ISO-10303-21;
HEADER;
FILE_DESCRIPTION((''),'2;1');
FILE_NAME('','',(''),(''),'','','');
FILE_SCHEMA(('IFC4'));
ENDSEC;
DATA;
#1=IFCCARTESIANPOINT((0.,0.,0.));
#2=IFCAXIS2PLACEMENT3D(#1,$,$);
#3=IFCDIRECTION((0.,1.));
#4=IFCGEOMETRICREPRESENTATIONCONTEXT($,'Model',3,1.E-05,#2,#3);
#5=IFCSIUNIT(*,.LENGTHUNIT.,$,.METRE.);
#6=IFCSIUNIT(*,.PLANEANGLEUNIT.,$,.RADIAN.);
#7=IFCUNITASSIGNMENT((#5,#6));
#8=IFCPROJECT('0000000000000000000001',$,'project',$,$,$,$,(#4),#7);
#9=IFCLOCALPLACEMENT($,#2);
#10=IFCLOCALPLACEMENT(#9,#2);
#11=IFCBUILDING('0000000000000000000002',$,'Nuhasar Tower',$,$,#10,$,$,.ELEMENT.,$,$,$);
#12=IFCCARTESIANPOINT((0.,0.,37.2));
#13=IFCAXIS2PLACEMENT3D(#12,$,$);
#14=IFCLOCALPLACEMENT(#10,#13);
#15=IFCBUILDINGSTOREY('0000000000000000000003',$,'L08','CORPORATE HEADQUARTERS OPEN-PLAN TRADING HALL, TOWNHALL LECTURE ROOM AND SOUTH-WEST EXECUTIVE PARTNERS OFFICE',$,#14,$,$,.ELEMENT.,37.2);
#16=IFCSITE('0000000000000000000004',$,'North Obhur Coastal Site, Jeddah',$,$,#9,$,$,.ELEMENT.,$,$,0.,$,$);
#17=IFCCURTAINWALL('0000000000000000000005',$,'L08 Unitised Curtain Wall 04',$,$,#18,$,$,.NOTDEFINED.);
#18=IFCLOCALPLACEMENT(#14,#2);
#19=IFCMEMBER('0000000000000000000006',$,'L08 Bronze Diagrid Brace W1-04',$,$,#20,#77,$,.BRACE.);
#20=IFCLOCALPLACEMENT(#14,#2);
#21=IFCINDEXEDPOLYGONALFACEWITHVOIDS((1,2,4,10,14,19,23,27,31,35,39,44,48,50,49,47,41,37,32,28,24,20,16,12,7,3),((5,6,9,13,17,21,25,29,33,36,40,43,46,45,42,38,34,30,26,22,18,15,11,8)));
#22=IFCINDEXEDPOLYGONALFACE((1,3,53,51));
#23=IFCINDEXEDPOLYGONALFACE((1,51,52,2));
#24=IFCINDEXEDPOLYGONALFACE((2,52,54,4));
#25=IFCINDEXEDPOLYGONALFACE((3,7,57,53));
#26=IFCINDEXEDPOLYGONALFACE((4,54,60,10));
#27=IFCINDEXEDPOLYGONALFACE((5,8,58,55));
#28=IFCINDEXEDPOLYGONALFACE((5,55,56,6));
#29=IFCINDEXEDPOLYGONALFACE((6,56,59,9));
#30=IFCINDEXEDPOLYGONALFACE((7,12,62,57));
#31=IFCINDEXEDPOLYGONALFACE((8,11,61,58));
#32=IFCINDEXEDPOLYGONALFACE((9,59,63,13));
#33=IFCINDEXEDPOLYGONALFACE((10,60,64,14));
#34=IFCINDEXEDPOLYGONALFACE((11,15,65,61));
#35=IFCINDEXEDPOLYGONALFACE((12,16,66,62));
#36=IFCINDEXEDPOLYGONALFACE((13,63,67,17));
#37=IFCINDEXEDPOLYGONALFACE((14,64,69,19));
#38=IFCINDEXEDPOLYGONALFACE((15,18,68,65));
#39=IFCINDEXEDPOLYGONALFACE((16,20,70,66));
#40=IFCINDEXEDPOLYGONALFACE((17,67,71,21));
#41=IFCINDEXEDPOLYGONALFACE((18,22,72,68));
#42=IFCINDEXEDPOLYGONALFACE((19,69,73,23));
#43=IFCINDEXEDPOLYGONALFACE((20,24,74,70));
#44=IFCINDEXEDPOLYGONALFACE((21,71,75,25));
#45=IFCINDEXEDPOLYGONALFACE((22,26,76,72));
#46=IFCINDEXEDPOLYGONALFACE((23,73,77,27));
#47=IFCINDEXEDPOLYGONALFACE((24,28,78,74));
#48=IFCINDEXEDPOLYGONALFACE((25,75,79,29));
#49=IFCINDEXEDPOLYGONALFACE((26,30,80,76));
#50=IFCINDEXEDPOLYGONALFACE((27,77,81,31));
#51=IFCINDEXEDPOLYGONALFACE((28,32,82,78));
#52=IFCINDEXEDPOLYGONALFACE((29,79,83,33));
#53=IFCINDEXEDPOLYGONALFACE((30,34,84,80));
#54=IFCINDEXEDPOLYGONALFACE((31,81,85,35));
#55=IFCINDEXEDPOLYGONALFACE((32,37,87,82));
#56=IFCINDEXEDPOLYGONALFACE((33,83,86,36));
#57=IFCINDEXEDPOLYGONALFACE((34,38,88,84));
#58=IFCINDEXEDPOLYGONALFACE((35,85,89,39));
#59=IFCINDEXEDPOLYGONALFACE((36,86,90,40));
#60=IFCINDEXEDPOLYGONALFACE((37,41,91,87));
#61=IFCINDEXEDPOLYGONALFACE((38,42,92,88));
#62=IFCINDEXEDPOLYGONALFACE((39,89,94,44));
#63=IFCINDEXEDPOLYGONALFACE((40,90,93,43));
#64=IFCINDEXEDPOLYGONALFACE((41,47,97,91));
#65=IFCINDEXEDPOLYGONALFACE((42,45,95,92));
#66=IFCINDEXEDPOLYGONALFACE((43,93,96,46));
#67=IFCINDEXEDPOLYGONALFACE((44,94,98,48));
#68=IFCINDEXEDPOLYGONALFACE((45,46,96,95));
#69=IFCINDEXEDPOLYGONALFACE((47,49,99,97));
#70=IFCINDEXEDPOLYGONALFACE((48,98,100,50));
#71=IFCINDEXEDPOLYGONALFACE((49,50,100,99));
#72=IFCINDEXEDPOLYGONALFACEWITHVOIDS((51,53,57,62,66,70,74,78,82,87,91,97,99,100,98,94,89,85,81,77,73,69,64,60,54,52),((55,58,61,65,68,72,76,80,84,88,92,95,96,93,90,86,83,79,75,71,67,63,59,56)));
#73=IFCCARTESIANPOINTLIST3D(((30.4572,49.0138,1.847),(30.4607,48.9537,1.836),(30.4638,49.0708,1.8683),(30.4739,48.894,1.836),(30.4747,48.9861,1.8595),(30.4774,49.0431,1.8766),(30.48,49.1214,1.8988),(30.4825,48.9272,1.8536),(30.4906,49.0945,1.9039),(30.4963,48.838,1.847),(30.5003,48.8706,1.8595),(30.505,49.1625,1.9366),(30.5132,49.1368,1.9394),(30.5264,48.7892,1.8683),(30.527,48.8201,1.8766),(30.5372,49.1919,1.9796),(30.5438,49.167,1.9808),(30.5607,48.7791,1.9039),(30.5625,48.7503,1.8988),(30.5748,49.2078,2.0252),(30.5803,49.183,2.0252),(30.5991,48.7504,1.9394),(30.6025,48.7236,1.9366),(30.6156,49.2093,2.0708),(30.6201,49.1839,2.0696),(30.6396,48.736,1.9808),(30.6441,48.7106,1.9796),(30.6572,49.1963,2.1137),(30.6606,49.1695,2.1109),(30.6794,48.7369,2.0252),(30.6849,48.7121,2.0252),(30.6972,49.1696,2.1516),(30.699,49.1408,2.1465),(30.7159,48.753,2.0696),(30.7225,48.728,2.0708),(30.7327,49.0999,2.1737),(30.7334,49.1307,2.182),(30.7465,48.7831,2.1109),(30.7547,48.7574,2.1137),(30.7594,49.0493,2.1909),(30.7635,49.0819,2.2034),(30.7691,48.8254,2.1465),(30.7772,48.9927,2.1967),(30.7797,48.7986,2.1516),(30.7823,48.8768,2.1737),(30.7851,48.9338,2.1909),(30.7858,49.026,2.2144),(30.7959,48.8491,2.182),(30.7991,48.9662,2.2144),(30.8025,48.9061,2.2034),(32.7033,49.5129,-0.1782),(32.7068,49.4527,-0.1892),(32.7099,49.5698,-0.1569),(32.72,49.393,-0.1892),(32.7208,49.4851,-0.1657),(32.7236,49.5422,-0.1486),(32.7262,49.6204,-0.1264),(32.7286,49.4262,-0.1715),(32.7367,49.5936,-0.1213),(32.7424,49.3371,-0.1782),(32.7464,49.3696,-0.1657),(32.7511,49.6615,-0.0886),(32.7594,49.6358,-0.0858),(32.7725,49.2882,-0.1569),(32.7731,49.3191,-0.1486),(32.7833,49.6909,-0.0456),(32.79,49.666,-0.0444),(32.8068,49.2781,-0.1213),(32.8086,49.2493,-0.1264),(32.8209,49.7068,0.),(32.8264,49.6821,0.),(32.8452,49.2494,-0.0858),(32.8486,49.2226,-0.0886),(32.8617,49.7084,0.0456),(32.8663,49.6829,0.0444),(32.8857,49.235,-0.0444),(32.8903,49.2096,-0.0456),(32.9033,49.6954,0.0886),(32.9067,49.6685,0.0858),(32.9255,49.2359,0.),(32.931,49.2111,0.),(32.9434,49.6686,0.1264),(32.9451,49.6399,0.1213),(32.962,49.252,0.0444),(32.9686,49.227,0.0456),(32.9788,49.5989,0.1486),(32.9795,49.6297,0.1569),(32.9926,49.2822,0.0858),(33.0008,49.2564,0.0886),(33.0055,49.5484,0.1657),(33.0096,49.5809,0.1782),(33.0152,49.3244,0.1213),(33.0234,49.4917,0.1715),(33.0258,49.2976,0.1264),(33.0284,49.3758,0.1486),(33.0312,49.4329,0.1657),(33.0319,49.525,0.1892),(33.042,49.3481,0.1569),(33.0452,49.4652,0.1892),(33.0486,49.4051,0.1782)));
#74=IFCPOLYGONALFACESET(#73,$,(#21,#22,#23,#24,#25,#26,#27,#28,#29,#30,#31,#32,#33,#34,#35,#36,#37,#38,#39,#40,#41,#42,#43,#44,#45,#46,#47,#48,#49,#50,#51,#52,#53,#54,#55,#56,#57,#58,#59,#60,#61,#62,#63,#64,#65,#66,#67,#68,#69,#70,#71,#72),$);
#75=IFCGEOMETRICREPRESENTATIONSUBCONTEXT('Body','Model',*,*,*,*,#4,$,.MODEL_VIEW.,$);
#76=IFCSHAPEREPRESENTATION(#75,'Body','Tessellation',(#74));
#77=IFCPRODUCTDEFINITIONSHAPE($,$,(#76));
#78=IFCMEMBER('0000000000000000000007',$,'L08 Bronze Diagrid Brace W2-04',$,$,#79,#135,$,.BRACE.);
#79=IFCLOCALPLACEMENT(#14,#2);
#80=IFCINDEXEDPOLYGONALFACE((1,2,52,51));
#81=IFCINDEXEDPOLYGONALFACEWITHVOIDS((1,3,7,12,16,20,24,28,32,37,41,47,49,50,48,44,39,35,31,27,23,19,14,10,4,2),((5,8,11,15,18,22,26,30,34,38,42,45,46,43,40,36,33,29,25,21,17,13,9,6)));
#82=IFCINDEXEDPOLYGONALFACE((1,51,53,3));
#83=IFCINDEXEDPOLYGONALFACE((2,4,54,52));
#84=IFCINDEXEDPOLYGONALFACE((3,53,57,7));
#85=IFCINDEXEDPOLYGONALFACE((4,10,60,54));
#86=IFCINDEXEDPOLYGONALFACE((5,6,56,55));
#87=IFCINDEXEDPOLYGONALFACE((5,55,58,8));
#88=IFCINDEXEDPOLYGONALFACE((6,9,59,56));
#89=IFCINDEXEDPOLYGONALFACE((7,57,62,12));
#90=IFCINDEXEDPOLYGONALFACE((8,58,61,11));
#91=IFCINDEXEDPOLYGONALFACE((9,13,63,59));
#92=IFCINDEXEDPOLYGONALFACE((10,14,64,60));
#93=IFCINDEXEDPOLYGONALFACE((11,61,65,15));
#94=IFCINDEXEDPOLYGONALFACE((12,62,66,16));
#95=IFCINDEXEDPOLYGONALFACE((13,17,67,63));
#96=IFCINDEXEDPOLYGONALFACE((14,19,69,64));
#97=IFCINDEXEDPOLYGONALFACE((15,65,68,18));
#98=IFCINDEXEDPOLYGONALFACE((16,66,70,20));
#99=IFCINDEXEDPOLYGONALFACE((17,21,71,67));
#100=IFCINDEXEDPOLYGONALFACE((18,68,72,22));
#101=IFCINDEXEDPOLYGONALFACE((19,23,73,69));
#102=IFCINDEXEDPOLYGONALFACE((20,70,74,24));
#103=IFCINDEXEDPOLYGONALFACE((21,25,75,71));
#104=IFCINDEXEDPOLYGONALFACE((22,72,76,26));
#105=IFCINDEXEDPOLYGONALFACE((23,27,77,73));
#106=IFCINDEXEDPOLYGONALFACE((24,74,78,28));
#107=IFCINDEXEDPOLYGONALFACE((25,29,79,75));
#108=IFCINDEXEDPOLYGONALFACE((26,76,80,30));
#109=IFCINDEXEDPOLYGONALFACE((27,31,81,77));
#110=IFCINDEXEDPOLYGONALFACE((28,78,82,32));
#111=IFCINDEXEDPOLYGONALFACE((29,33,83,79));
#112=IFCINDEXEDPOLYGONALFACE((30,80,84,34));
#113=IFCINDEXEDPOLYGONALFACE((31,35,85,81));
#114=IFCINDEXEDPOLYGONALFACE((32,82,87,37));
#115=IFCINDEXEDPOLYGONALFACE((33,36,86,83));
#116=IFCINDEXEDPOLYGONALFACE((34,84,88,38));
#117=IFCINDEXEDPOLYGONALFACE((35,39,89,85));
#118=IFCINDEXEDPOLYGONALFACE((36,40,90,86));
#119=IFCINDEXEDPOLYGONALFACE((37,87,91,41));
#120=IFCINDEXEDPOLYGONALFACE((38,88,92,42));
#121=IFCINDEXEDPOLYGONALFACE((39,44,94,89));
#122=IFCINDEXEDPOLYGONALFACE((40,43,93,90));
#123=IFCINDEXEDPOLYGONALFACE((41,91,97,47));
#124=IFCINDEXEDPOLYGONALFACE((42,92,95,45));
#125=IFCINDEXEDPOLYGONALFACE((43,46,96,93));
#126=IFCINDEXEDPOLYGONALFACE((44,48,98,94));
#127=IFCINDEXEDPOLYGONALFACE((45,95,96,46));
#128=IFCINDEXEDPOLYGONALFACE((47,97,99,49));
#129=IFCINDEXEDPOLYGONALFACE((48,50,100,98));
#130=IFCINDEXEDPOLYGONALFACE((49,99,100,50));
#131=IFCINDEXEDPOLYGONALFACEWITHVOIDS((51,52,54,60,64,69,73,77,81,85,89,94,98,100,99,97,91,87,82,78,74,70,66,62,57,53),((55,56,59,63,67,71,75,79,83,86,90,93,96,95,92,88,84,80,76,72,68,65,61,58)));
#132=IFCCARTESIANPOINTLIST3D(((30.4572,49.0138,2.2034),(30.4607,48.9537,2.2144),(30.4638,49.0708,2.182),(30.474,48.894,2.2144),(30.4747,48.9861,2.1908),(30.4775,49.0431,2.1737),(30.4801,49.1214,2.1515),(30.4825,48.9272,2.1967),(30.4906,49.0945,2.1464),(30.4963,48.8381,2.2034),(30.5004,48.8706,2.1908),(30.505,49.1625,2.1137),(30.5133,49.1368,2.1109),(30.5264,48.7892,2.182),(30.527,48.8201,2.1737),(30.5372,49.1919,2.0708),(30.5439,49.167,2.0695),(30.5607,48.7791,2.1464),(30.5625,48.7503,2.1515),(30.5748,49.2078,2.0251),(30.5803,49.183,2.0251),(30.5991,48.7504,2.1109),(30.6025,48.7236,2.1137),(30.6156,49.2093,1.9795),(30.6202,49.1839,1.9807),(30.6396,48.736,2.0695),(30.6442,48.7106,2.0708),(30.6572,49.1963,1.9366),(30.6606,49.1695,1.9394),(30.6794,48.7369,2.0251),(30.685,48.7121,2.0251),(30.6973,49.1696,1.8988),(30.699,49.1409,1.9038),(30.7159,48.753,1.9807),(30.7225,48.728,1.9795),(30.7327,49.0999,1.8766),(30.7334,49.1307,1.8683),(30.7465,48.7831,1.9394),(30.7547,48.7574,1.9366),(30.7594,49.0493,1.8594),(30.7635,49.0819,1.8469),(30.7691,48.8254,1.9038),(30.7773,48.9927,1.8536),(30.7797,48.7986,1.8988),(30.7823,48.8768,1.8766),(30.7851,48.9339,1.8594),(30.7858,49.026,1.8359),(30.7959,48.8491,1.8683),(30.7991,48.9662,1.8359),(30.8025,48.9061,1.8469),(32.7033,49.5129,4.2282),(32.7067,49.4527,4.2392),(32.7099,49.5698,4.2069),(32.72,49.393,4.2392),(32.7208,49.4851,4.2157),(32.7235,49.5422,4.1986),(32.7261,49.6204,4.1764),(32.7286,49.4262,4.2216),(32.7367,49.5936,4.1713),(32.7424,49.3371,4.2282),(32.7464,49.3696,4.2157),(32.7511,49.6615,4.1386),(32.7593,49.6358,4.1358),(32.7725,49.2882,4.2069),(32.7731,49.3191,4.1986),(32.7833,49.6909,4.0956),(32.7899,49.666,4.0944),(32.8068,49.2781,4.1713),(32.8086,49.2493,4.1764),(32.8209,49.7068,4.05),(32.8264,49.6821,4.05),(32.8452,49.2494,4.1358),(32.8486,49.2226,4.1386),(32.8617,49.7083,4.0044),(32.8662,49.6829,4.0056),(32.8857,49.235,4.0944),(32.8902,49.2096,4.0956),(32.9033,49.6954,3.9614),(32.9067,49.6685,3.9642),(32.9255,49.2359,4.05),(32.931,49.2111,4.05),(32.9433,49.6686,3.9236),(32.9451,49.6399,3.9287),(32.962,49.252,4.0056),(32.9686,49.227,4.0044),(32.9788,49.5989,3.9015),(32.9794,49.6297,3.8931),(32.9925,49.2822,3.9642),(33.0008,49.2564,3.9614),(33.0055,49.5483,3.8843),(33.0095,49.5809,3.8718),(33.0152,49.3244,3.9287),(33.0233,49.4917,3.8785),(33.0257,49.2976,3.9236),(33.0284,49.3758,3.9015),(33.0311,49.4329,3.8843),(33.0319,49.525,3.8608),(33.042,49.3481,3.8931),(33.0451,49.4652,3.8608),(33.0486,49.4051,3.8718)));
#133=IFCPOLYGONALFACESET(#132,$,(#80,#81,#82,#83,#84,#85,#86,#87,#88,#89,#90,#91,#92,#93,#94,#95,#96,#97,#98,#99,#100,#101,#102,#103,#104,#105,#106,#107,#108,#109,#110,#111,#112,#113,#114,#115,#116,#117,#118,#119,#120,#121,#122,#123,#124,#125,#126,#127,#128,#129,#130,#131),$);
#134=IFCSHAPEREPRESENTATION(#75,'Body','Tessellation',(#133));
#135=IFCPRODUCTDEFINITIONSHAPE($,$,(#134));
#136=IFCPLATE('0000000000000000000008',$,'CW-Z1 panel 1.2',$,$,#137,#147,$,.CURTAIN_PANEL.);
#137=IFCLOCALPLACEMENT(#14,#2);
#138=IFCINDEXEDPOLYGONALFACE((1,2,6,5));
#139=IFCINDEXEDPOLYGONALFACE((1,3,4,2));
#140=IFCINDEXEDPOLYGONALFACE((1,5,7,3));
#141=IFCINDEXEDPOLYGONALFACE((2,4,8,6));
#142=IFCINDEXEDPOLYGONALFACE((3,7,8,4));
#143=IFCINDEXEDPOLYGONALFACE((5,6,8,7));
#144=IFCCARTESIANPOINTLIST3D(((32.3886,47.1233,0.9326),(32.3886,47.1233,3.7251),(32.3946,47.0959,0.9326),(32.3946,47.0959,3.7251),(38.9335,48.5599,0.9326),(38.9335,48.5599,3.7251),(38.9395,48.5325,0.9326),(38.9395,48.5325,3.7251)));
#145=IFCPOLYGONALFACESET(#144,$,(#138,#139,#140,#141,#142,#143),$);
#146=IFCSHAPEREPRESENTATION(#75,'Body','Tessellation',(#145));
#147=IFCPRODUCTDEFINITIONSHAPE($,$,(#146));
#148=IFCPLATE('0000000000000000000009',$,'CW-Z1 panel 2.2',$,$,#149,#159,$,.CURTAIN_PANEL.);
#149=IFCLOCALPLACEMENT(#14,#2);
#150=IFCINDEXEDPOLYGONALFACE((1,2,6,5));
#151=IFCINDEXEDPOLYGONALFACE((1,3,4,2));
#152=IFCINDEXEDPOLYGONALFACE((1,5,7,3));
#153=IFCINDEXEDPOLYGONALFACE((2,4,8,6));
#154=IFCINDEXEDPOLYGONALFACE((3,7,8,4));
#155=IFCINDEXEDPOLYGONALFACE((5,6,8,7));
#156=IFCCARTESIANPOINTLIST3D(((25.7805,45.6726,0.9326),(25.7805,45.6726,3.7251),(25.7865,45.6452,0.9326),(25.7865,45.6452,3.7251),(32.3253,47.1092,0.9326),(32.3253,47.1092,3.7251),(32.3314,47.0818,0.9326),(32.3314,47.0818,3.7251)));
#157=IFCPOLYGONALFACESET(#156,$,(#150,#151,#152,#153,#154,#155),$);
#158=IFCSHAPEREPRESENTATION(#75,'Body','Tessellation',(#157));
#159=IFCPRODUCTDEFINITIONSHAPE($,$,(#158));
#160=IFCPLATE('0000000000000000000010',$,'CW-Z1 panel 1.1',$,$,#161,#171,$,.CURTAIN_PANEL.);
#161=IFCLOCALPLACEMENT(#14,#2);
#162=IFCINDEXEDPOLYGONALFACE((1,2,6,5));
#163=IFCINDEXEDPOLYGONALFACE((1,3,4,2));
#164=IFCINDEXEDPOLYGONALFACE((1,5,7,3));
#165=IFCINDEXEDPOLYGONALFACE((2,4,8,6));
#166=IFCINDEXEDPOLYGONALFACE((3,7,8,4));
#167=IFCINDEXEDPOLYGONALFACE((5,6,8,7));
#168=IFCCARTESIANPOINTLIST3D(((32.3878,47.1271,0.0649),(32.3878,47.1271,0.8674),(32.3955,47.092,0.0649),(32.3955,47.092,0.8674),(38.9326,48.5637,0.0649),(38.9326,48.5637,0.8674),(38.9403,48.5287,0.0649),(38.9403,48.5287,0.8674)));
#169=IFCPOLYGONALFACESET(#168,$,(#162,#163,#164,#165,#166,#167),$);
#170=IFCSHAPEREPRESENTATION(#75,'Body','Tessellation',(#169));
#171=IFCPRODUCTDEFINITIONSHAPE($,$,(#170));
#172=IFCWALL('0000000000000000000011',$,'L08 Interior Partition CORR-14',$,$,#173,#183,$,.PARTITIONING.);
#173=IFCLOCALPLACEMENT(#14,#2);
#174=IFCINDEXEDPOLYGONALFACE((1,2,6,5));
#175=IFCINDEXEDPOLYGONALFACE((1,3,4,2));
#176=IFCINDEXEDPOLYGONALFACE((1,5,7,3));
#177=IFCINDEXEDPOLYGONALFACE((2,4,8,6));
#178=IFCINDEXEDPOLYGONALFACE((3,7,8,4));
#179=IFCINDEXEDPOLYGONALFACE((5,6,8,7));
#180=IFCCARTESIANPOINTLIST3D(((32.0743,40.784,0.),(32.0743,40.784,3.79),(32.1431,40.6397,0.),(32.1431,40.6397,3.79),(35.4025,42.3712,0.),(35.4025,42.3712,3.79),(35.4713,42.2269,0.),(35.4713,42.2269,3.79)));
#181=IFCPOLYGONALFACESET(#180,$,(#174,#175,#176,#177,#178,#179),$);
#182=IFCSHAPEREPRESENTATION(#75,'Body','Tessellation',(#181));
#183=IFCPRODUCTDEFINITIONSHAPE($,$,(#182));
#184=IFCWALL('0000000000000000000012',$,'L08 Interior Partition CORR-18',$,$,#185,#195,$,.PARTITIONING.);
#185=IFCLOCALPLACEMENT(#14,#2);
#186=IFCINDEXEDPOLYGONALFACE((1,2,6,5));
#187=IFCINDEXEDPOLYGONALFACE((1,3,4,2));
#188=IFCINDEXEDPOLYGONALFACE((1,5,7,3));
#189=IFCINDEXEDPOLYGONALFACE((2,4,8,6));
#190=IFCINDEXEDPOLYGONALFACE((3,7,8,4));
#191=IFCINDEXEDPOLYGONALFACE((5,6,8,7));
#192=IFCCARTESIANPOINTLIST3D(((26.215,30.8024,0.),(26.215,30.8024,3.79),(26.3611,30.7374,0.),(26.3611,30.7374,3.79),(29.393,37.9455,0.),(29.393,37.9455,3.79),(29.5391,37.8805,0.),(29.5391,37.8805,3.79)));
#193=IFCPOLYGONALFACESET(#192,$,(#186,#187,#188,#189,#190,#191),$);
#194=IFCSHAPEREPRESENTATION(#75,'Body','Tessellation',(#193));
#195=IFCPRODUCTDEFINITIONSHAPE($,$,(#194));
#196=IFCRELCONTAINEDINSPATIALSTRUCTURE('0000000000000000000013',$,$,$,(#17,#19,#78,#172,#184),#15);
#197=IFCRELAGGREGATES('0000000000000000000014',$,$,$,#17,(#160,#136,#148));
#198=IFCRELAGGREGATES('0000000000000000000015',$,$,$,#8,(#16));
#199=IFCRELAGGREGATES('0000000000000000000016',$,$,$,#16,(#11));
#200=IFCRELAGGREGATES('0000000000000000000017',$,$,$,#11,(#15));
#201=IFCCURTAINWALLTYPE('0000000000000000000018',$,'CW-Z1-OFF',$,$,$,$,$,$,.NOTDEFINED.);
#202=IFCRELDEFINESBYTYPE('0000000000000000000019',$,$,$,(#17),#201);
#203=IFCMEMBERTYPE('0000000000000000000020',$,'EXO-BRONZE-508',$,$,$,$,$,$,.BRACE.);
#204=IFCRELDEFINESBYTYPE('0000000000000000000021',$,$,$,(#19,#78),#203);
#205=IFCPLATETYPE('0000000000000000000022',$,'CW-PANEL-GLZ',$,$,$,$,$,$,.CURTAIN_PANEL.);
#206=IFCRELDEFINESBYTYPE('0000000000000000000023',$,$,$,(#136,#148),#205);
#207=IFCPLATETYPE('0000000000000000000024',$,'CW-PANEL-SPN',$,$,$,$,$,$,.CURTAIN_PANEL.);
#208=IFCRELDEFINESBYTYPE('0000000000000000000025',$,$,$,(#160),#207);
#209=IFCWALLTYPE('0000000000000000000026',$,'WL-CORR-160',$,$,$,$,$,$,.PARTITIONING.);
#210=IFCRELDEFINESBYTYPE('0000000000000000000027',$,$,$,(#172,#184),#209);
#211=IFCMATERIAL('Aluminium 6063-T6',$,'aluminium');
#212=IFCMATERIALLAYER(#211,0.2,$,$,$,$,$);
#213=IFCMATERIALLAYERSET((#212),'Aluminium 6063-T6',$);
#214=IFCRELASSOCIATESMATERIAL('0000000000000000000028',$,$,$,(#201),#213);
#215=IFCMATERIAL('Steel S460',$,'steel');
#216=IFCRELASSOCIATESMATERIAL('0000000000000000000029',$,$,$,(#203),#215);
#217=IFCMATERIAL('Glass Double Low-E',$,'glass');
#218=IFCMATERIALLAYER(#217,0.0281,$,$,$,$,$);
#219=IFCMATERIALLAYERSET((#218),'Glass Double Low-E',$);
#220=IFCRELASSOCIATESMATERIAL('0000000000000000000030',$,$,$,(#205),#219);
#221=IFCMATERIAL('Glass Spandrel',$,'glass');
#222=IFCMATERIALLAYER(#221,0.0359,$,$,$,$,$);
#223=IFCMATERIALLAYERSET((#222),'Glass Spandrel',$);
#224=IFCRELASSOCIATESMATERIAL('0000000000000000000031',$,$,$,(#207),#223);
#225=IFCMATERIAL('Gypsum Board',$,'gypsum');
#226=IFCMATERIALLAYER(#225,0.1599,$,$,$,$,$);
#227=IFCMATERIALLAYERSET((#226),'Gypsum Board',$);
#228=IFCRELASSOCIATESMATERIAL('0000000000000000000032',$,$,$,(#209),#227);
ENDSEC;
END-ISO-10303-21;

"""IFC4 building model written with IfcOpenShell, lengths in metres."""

from ifc_helpers import new_model, si_unit, direction, frame, frame_2d, origin, origin_2d, place, context, subcontext, project, spatial, rectangle, hollow_circle, extrude, material, layer, layer_set, material_profile, profile_set, type_object, element, aggregate, save


model = new_model("IFC4")

# Units and contexts
model_context = context("Model", 3, precision=1e-05, world=origin(), true_north=direction((0.0, 1.0)))
body_context = subcontext(model_context, "Body", "Model", "MODEL_VIEW")
ifc_project = project(units=[si_unit("LENGTHUNIT", "METRE"), si_unit("PLANEANGLEUNIT", "RADIAN")], contexts=[model_context])

# Site, building, storey
site_placement = place(None, origin())
site = spatial("IfcSite", under=ifc_project, at=site_placement, Name="North Obhur Coastal Site, Jeddah", CompositionType="ELEMENT", RefElevation=0.0)
building_placement = place(site_placement, origin())
building = spatial("IfcBuilding", under=site, at=building_placement, Name="Nuhasar Tower", CompositionType="ELEMENT")
storey_placement = place(building_placement, frame((0.0, 0.0, 37.2)))
storey = spatial("IfcBuildingStorey", under=building, at=storey_placement, Name="L08", Description="CORPORATE HEADQUARTERS OPEN-PLAN TRADING HALL, TOWNHALL LECTURE ROOM AND SOUTH-WEST EXECUTIVE PARTNERS OFFICE", CompositionType="ELEMENT", Elevation=37.2)

# Curtain wall
ifc_material_1 = material(Name="Aluminium 6063-T6", Category="aluminium")
ifc_layer_1 = layer(ifc_material_1, 0.2)
ifc_layer_set_1 = layer_set([ifc_layer_1], Name="Aluminium 6063-T6")
curtain_wall_type = type_object("IfcCurtainWallType", Name="CW-Z1-OFF", PredefinedType="NOTDEFINED", material=ifc_layer_set_1)
curtain_wall_placement = place(storey_placement, origin())
curtain_wall = element("IfcCurtainWall", 1, at=curtain_wall_placement, inside=storey, type_object=curtain_wall_type, Name="L08 Unitised Curtain Wall 04", PredefinedType="NOTDEFINED")

# Members
ifc_material_2 = material(Name="Steel S460", Category="steel")
ifc_material_profile_1 = material_profile(ifc_material_2, hollow_circle(Radius=0.2539, WallThickness=0.0254, at=origin_2d()), Name="HSS508X25.4")
ifc_profile_set_1 = profile_set([ifc_material_profile_1], Name="Steel S460")
member_type_1 = type_object("IfcMemberType", Name="EXO-BRONZE-508", PredefinedType="BRACE", material=ifc_profile_set_1)
member_1_placement = place(storey_placement, frame((32.876, 49.459, 0.0), z_axis=(-0.732783, -0.162805, 0.660699), x_axis=(0.216886, -0.976197, 0.0)))
element("IfcMember", 2, at=member_1_placement, inside=storey, type_object=member_type_1, Name="L08 Bronze Diagrid Brace W1-04", PredefinedType="BRACE", context=body_context, shape_type="SweptSolid", body=[
    extrude(hollow_circle(Radius=0.2539, WallThickness=0.0254, at=origin_2d()), origin(), (0.0, 0.0, 1.0), 3.0652),
])
member_2_placement = place(storey_placement, frame((30.6299, 48.96, 2.0251), z_axis=(0.732821, 0.162814, 0.660654), x_axis=(-0.216886, 0.976197, 0.0)))
element("IfcMember", 3, at=member_2_placement, inside=storey, type_object=member_type_1, Name="L08 Bronze Diagrid Brace W2-04", PredefinedType="BRACE", context=body_context, shape_type="SweptSolid", body=[
    extrude(hollow_circle(Radius=0.2539, WallThickness=0.0254, at=origin_2d()), origin(), (0.0, 0.0, 1.0), 3.0649),
])

# Plates
ifc_material_3 = material(Name="Glass Double Low-E", Category="glass")
ifc_layer_2 = layer(ifc_material_3, 0.0281)
ifc_layer_set_2 = layer_set([ifc_layer_2], Name="Glass Double Low-E")
plate_type_1 = type_object("IfcPlateType", Name="CW-PANEL-GLZ", PredefinedType="CURTAIN_PANEL", material=ifc_layer_set_2)
plate_1_placement = place(storey_placement, frame((35.6641, 47.8279, 0.9326), z_axis=(0.0, 0.0, 1.0), x_axis=(-0.976746, -0.214399, 0.0)))
plate_1 = element("IfcPlate", 4, at=plate_1_placement, type_object=plate_type_1, Name="CW-Z1 panel 1.2", PredefinedType="CURTAIN_PANEL", context=body_context, shape_type="SweptSolid", body=[
    extrude(rectangle(XDim=6.7007, YDim=0.0281, at=origin_2d()), origin(), (0.0, 0.0, 1.0), 2.7925),
])
plate_2_placement = place(storey_placement, frame((29.0559, 46.3772, 0.9326), z_axis=(0.0, 0.0, 1.0), x_axis=(-0.976746, -0.214399, 0.0)))
plate_2 = element("IfcPlate", 5, at=plate_2_placement, type_object=plate_type_1, Name="CW-Z1 panel 2.2", PredefinedType="CURTAIN_PANEL", context=body_context, shape_type="SweptSolid", body=[
    extrude(rectangle(XDim=6.7007, YDim=0.0281, at=origin_2d()), origin(), (0.0, 0.0, 1.0), 2.7925),
])
ifc_material_4 = material(Name="Glass Spandrel", Category="glass")
ifc_layer_3 = layer(ifc_material_4, 0.0359)
ifc_layer_set_3 = layer_set([ifc_layer_3], Name="Glass Spandrel")
plate_type_2 = type_object("IfcPlateType", Name="CW-PANEL-SPN", PredefinedType="CURTAIN_PANEL", material=ifc_layer_set_3)
plate_3_placement = place(storey_placement, frame((35.6641, 47.8279, 0.0649), z_axis=(0.0, 0.0, 1.0), x_axis=(-0.976746, -0.214399, 0.0)))
plate_3 = element("IfcPlate", 6, at=plate_3_placement, type_object=plate_type_2, Name="CW-Z1 panel 1.1", PredefinedType="CURTAIN_PANEL", context=body_context, shape_type="SweptSolid", body=[
    extrude(rectangle(XDim=6.7007, YDim=0.0359, at=origin_2d()), origin(), (0.0, 0.0, 1.0), 0.8025),
])
aggregate(curtain_wall, [plate_3, plate_1, plate_2])

# Wall
ifc_material_5 = material(Name="Gypsum Board", Category="gypsum")
ifc_layer_4 = layer(ifc_material_5, 0.1599)
ifc_layer_set_4 = layer_set([ifc_layer_4], Name="Gypsum Board")
wall_type_1 = type_object("IfcWallType", Name="WL-CORR-160", PredefinedType="PARTITIONING", material=ifc_layer_set_4)
wall_1_placement = place(storey_placement, frame((35.437, 42.2991, 0.0), z_axis=(0.0, 0.0, 1.0), x_axis=(-0.902614, -0.43045, 0.0)))
element("IfcWall", 7, at=wall_1_placement, inside=storey, type_object=wall_type_1, Name="L08 Interior Partition CORR-14", PredefinedType="PARTITIONING", context=body_context, shape_type="SweptSolid", body=[
    extrude(rectangle(XDim=3.6873, YDim=0.1599, at=frame_2d((1.8438, 0.0))), origin(), (0.0, 0.0, 1.0), 3.79),
])

# Wall
wall_2_placement = place(storey_placement, frame((29.4661, 37.9131, 0.0), z_axis=(0.0, 0.0, 1.0), x_axis=(-0.406489, -0.913656, 0.0)))
element("IfcWall", 8, at=wall_2_placement, inside=storey, type_object=wall_type_1, Name="L08 Interior Partition CORR-18", PredefinedType="PARTITIONING", context=body_context, shape_type="SweptSolid", body=[
    extrude(rectangle(XDim=7.8181, YDim=0.1599, at=frame_2d((3.9092, 0.0))), origin(), (0.0, 0.0, 1.0), 3.79),
])

save(model, "model.ifc")
